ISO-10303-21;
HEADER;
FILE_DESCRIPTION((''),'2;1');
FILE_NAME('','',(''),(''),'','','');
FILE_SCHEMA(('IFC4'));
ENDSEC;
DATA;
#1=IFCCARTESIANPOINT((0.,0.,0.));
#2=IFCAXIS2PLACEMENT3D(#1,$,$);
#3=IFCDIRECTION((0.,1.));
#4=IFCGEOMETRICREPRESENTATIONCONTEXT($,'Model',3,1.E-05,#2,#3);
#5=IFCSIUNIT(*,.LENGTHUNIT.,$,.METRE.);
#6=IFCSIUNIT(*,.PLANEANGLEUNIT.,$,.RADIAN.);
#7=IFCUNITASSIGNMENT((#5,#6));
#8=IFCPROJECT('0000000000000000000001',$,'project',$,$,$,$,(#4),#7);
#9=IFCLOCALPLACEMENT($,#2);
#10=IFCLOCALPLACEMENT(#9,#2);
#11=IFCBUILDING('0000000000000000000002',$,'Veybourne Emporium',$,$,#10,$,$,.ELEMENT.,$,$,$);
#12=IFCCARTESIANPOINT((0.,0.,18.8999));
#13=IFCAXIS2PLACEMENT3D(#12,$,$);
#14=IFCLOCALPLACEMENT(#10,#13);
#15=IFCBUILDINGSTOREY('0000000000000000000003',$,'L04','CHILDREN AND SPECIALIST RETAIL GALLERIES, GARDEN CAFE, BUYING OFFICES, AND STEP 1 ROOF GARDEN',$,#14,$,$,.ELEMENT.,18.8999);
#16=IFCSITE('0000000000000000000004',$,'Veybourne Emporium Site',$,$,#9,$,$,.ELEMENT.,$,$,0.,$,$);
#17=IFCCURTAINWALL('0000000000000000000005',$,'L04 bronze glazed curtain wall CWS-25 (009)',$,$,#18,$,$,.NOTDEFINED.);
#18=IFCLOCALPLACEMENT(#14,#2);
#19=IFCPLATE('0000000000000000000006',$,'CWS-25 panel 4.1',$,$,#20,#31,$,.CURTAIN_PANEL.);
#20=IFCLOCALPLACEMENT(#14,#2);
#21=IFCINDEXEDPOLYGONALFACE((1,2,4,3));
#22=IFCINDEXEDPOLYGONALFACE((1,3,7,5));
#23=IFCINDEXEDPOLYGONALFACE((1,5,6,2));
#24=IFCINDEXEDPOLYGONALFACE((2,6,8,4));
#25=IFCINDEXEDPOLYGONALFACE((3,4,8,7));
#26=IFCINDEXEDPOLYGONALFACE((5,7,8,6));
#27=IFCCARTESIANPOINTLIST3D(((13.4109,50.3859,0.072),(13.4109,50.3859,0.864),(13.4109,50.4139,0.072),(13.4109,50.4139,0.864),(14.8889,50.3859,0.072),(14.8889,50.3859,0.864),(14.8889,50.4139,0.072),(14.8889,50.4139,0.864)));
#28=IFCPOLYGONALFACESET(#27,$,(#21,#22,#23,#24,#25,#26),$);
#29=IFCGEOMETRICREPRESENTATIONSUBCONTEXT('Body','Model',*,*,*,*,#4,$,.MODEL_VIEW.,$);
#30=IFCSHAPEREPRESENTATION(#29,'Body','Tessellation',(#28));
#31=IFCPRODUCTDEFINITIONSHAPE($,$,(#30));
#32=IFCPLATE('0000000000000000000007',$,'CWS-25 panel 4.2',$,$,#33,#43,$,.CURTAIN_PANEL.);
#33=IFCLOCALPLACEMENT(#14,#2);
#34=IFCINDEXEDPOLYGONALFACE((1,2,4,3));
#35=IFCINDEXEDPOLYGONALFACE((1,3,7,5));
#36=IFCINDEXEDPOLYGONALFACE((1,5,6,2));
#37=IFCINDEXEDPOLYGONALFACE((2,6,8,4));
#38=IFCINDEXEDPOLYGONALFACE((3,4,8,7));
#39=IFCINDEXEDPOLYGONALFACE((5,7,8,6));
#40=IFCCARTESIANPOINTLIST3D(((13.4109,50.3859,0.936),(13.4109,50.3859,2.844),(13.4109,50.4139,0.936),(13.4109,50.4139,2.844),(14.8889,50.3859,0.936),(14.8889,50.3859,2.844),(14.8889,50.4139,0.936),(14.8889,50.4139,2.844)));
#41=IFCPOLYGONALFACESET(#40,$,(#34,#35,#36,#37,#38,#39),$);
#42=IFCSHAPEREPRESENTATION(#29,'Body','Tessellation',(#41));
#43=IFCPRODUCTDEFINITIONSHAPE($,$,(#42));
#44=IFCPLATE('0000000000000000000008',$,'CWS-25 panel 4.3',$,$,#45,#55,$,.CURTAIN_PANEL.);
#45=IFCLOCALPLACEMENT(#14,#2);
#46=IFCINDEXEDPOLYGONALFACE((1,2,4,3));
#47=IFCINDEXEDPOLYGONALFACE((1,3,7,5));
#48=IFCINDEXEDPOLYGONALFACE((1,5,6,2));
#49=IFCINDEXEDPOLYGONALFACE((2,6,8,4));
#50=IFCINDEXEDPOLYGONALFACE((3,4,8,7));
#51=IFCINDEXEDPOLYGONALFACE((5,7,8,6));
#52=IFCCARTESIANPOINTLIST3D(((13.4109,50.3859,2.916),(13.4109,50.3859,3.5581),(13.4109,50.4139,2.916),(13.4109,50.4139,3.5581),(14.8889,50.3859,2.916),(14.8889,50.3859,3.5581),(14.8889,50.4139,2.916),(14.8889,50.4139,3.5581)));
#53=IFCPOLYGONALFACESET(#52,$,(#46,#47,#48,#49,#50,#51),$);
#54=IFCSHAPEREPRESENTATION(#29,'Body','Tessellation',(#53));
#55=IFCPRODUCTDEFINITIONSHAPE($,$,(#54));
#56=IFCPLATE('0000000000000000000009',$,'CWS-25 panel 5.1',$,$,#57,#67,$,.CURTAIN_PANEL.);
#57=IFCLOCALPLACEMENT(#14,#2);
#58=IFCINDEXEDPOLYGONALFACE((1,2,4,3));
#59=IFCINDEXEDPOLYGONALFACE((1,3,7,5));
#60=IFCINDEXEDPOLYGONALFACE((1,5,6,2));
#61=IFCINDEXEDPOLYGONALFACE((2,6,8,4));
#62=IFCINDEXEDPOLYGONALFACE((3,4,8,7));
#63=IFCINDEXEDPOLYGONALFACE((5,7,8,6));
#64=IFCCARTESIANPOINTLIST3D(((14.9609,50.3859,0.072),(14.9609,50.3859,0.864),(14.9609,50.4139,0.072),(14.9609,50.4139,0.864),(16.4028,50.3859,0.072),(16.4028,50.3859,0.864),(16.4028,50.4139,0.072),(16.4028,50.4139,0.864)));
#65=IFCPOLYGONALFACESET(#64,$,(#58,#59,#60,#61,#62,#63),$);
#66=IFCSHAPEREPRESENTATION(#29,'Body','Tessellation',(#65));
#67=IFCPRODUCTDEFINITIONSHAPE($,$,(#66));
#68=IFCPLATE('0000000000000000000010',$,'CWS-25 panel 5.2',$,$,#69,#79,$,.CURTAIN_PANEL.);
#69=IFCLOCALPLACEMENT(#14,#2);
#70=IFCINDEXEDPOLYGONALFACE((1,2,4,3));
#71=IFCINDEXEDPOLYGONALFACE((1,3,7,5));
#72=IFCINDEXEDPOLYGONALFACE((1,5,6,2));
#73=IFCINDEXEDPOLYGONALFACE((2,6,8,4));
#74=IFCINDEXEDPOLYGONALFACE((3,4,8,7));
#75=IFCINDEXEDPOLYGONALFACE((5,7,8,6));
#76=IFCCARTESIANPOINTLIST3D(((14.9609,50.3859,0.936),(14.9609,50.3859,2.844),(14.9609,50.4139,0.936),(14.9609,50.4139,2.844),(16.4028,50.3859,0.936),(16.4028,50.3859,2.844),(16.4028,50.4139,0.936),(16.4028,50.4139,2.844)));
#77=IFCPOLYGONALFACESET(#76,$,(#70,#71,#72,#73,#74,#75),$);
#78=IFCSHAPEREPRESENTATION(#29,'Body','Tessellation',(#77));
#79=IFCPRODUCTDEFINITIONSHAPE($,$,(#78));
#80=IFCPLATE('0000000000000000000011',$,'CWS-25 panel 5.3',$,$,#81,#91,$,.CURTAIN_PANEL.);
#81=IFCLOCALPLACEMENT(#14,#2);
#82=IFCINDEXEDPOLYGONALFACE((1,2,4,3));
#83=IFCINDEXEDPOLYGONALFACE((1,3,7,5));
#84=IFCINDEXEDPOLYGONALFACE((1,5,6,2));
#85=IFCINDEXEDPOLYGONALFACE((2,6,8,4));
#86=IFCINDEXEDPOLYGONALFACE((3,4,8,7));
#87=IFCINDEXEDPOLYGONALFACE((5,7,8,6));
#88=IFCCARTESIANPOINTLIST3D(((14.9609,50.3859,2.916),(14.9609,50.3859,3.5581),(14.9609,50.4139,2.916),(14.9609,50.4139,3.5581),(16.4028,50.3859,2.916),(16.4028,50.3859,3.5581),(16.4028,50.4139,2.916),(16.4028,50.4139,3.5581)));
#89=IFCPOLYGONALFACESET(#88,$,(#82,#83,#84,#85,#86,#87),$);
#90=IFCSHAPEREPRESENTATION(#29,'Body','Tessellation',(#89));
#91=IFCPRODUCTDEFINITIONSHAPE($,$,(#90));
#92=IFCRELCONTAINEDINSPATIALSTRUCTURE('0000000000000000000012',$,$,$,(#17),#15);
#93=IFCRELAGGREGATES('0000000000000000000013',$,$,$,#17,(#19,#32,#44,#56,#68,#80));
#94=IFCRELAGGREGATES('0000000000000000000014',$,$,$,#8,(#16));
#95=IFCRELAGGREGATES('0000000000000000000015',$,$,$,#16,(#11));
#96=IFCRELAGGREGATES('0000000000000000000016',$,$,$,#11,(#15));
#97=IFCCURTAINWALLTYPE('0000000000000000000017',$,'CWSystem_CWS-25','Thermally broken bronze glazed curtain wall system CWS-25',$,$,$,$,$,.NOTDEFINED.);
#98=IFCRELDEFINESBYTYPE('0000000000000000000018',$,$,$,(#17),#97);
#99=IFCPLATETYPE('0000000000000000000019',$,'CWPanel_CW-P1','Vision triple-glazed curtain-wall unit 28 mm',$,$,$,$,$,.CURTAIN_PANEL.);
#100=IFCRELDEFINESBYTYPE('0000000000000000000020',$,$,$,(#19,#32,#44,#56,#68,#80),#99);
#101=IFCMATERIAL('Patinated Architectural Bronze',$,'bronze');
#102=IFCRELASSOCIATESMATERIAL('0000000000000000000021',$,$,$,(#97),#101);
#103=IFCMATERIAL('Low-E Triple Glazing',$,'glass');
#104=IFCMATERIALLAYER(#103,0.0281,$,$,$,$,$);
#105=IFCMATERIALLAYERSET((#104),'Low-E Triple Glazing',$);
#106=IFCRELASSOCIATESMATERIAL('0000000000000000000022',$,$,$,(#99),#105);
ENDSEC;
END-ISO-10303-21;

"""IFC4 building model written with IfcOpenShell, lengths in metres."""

from ifc_helpers import new_model, si_unit, direction, frame, origin, origin_2d, place, context, subcontext, project, spatial, rectangle, extrude, material, layer, layer_set, type_object, element, aggregate, save


model = new_model("IFC4")

# Units and contexts
model_context = context("Model", 3, precision=1e-05, world=origin(), true_north=direction((0.0, 1.0)))
body_context = subcontext(model_context, "Body", "Model", "MODEL_VIEW")
ifc_project = project(units=[si_unit("LENGTHUNIT", "METRE"), si_unit("PLANEANGLEUNIT", "RADIAN")], contexts=[model_context])

# Site, building, storey
site_placement = place(None, origin())
site = spatial("IfcSite", under=ifc_project, at=site_placement, Name="Veybourne Emporium Site", CompositionType="ELEMENT", RefElevation=0.0)
building_placement = place(site_placement, origin())
building = spatial("IfcBuilding", under=site, at=building_placement, Name="Veybourne Emporium", CompositionType="ELEMENT")
storey_placement = place(building_placement, frame((0.0, 0.0, 18.8999)))
storey = spatial("IfcBuildingStorey", under=building, at=storey_placement, Name="L04", Description="CHILDREN AND SPECIALIST RETAIL GALLERIES, GARDEN CAFE, BUYING OFFICES, AND STEP 1 ROOF GARDEN", CompositionType="ELEMENT", Elevation=18.8999)

# Curtain wall
ifc_material_1 = material(Name="Patinated Architectural Bronze", Category="bronze")
curtain_wall_type = type_object("IfcCurtainWallType", Name="CWSystem_CWS-25", Description="Thermally broken bronze glazed curtain wall system CWS-25", PredefinedType="NOTDEFINED", material=ifc_material_1)
curtain_wall_placement = place(storey_placement, origin())
curtain_wall = element("IfcCurtainWall", 1, at=curtain_wall_placement, inside=storey, type_object=curtain_wall_type, Name="L04 bronze glazed curtain wall CWS-25 (009)", PredefinedType="NOTDEFINED")

# Plates
ifc_material_2 = material(Name="Low-E Triple Glazing", Category="glass")
ifc_layer = layer(ifc_material_2, 0.0281)
ifc_layer_set = layer_set([ifc_layer], Name="Low-E Triple Glazing")
plate_type = type_object("IfcPlateType", Name="CWPanel_CW-P1", Description="Vision triple-glazed curtain-wall unit 28 mm", PredefinedType="CURTAIN_PANEL", material=ifc_layer_set)
plate_1_placement = place(storey_placement, frame((14.1499, 50.3999, 0.072), z_axis=(0.0, 0.0, 1.0), x_axis=(1.0, 0.0, 0.0)))
plate_1 = element("IfcPlate", 2, at=plate_1_placement, type_object=plate_type, Name="CWS-25 panel 4.1", PredefinedType="CURTAIN_PANEL", context=body_context, shape_type="SweptSolid", body=[
    extrude(rectangle(XDim=1.478, YDim=0.0281, at=origin_2d()), origin(), (0.0, 0.0, 1.0), 0.792),
])
plate_2_placement = place(storey_placement, frame((14.1499, 50.3999, 0.936), z_axis=(0.0, 0.0, 1.0), x_axis=(1.0, 0.0, 0.0)))
plate_2 = element("IfcPlate", 3, at=plate_2_placement, type_object=plate_type, Name="CWS-25 panel 4.2", PredefinedType="CURTAIN_PANEL", context=body_context, shape_type="SweptSolid", body=[
    extrude(rectangle(XDim=1.478, YDim=0.0281, at=origin_2d()), origin(), (0.0, 0.0, 1.0), 1.908),
])
plate_3_placement = place(storey_placement, frame((14.1499, 50.3999, 2.916), z_axis=(0.0, 0.0, 1.0), x_axis=(1.0, 0.0, 0.0)))
plate_3 = element("IfcPlate", 4, at=plate_3_placement, type_object=plate_type, Name="CWS-25 panel 4.3", PredefinedType="CURTAIN_PANEL", context=body_context, shape_type="SweptSolid", body=[
    extrude(rectangle(XDim=1.478, YDim=0.0281, at=origin_2d()), origin(), (0.0, 0.0, 1.0), 0.6421),
])
plate_4_placement = place(storey_placement, frame((15.6819, 50.3999, 0.072), z_axis=(0.0, 0.0, 1.0), x_axis=(1.0, 0.0, 0.0)))
plate_4 = element("IfcPlate", 5, at=plate_4_placement, type_object=plate_type, Name="CWS-25 panel 5.1", PredefinedType="CURTAIN_PANEL", context=body_context, shape_type="SweptSolid", body=[
    extrude(rectangle(XDim=1.4419, YDim=0.0281, at=origin_2d()), origin(), (0.0, 0.0, 1.0), 0.792),
])
plate_5_placement = place(storey_placement, frame((15.6819, 50.3999, 0.936), z_axis=(0.0, 0.0, 1.0), x_axis=(1.0, 0.0, 0.0)))
plate_5 = element("IfcPlate", 6, at=plate_5_placement, type_object=plate_type, Name="CWS-25 panel 5.2", PredefinedType="CURTAIN_PANEL", context=body_context, shape_type="SweptSolid", body=[
    extrude(rectangle(XDim=1.4419, YDim=0.0281, at=origin_2d()), origin(), (0.0, 0.0, 1.0), 1.908),
])
plate_6_placement = place(storey_placement, frame((15.6819, 50.3999, 2.916), z_axis=(0.0, 0.0, 1.0), x_axis=(1.0, 0.0, 0.0)))
plate_6 = element("IfcPlate", 7, at=plate_6_placement, type_object=plate_type, Name="CWS-25 panel 5.3", PredefinedType="CURTAIN_PANEL", context=body_context, shape_type="SweptSolid", body=[
    extrude(rectangle(XDim=1.4419, YDim=0.0281, at=origin_2d()), origin(), (0.0, 0.0, 1.0), 0.6421),
])
aggregate(curtain_wall, [plate_1, plate_2, plate_3, plate_4, plate_5, plate_6])

save(model, "model.ifc")
